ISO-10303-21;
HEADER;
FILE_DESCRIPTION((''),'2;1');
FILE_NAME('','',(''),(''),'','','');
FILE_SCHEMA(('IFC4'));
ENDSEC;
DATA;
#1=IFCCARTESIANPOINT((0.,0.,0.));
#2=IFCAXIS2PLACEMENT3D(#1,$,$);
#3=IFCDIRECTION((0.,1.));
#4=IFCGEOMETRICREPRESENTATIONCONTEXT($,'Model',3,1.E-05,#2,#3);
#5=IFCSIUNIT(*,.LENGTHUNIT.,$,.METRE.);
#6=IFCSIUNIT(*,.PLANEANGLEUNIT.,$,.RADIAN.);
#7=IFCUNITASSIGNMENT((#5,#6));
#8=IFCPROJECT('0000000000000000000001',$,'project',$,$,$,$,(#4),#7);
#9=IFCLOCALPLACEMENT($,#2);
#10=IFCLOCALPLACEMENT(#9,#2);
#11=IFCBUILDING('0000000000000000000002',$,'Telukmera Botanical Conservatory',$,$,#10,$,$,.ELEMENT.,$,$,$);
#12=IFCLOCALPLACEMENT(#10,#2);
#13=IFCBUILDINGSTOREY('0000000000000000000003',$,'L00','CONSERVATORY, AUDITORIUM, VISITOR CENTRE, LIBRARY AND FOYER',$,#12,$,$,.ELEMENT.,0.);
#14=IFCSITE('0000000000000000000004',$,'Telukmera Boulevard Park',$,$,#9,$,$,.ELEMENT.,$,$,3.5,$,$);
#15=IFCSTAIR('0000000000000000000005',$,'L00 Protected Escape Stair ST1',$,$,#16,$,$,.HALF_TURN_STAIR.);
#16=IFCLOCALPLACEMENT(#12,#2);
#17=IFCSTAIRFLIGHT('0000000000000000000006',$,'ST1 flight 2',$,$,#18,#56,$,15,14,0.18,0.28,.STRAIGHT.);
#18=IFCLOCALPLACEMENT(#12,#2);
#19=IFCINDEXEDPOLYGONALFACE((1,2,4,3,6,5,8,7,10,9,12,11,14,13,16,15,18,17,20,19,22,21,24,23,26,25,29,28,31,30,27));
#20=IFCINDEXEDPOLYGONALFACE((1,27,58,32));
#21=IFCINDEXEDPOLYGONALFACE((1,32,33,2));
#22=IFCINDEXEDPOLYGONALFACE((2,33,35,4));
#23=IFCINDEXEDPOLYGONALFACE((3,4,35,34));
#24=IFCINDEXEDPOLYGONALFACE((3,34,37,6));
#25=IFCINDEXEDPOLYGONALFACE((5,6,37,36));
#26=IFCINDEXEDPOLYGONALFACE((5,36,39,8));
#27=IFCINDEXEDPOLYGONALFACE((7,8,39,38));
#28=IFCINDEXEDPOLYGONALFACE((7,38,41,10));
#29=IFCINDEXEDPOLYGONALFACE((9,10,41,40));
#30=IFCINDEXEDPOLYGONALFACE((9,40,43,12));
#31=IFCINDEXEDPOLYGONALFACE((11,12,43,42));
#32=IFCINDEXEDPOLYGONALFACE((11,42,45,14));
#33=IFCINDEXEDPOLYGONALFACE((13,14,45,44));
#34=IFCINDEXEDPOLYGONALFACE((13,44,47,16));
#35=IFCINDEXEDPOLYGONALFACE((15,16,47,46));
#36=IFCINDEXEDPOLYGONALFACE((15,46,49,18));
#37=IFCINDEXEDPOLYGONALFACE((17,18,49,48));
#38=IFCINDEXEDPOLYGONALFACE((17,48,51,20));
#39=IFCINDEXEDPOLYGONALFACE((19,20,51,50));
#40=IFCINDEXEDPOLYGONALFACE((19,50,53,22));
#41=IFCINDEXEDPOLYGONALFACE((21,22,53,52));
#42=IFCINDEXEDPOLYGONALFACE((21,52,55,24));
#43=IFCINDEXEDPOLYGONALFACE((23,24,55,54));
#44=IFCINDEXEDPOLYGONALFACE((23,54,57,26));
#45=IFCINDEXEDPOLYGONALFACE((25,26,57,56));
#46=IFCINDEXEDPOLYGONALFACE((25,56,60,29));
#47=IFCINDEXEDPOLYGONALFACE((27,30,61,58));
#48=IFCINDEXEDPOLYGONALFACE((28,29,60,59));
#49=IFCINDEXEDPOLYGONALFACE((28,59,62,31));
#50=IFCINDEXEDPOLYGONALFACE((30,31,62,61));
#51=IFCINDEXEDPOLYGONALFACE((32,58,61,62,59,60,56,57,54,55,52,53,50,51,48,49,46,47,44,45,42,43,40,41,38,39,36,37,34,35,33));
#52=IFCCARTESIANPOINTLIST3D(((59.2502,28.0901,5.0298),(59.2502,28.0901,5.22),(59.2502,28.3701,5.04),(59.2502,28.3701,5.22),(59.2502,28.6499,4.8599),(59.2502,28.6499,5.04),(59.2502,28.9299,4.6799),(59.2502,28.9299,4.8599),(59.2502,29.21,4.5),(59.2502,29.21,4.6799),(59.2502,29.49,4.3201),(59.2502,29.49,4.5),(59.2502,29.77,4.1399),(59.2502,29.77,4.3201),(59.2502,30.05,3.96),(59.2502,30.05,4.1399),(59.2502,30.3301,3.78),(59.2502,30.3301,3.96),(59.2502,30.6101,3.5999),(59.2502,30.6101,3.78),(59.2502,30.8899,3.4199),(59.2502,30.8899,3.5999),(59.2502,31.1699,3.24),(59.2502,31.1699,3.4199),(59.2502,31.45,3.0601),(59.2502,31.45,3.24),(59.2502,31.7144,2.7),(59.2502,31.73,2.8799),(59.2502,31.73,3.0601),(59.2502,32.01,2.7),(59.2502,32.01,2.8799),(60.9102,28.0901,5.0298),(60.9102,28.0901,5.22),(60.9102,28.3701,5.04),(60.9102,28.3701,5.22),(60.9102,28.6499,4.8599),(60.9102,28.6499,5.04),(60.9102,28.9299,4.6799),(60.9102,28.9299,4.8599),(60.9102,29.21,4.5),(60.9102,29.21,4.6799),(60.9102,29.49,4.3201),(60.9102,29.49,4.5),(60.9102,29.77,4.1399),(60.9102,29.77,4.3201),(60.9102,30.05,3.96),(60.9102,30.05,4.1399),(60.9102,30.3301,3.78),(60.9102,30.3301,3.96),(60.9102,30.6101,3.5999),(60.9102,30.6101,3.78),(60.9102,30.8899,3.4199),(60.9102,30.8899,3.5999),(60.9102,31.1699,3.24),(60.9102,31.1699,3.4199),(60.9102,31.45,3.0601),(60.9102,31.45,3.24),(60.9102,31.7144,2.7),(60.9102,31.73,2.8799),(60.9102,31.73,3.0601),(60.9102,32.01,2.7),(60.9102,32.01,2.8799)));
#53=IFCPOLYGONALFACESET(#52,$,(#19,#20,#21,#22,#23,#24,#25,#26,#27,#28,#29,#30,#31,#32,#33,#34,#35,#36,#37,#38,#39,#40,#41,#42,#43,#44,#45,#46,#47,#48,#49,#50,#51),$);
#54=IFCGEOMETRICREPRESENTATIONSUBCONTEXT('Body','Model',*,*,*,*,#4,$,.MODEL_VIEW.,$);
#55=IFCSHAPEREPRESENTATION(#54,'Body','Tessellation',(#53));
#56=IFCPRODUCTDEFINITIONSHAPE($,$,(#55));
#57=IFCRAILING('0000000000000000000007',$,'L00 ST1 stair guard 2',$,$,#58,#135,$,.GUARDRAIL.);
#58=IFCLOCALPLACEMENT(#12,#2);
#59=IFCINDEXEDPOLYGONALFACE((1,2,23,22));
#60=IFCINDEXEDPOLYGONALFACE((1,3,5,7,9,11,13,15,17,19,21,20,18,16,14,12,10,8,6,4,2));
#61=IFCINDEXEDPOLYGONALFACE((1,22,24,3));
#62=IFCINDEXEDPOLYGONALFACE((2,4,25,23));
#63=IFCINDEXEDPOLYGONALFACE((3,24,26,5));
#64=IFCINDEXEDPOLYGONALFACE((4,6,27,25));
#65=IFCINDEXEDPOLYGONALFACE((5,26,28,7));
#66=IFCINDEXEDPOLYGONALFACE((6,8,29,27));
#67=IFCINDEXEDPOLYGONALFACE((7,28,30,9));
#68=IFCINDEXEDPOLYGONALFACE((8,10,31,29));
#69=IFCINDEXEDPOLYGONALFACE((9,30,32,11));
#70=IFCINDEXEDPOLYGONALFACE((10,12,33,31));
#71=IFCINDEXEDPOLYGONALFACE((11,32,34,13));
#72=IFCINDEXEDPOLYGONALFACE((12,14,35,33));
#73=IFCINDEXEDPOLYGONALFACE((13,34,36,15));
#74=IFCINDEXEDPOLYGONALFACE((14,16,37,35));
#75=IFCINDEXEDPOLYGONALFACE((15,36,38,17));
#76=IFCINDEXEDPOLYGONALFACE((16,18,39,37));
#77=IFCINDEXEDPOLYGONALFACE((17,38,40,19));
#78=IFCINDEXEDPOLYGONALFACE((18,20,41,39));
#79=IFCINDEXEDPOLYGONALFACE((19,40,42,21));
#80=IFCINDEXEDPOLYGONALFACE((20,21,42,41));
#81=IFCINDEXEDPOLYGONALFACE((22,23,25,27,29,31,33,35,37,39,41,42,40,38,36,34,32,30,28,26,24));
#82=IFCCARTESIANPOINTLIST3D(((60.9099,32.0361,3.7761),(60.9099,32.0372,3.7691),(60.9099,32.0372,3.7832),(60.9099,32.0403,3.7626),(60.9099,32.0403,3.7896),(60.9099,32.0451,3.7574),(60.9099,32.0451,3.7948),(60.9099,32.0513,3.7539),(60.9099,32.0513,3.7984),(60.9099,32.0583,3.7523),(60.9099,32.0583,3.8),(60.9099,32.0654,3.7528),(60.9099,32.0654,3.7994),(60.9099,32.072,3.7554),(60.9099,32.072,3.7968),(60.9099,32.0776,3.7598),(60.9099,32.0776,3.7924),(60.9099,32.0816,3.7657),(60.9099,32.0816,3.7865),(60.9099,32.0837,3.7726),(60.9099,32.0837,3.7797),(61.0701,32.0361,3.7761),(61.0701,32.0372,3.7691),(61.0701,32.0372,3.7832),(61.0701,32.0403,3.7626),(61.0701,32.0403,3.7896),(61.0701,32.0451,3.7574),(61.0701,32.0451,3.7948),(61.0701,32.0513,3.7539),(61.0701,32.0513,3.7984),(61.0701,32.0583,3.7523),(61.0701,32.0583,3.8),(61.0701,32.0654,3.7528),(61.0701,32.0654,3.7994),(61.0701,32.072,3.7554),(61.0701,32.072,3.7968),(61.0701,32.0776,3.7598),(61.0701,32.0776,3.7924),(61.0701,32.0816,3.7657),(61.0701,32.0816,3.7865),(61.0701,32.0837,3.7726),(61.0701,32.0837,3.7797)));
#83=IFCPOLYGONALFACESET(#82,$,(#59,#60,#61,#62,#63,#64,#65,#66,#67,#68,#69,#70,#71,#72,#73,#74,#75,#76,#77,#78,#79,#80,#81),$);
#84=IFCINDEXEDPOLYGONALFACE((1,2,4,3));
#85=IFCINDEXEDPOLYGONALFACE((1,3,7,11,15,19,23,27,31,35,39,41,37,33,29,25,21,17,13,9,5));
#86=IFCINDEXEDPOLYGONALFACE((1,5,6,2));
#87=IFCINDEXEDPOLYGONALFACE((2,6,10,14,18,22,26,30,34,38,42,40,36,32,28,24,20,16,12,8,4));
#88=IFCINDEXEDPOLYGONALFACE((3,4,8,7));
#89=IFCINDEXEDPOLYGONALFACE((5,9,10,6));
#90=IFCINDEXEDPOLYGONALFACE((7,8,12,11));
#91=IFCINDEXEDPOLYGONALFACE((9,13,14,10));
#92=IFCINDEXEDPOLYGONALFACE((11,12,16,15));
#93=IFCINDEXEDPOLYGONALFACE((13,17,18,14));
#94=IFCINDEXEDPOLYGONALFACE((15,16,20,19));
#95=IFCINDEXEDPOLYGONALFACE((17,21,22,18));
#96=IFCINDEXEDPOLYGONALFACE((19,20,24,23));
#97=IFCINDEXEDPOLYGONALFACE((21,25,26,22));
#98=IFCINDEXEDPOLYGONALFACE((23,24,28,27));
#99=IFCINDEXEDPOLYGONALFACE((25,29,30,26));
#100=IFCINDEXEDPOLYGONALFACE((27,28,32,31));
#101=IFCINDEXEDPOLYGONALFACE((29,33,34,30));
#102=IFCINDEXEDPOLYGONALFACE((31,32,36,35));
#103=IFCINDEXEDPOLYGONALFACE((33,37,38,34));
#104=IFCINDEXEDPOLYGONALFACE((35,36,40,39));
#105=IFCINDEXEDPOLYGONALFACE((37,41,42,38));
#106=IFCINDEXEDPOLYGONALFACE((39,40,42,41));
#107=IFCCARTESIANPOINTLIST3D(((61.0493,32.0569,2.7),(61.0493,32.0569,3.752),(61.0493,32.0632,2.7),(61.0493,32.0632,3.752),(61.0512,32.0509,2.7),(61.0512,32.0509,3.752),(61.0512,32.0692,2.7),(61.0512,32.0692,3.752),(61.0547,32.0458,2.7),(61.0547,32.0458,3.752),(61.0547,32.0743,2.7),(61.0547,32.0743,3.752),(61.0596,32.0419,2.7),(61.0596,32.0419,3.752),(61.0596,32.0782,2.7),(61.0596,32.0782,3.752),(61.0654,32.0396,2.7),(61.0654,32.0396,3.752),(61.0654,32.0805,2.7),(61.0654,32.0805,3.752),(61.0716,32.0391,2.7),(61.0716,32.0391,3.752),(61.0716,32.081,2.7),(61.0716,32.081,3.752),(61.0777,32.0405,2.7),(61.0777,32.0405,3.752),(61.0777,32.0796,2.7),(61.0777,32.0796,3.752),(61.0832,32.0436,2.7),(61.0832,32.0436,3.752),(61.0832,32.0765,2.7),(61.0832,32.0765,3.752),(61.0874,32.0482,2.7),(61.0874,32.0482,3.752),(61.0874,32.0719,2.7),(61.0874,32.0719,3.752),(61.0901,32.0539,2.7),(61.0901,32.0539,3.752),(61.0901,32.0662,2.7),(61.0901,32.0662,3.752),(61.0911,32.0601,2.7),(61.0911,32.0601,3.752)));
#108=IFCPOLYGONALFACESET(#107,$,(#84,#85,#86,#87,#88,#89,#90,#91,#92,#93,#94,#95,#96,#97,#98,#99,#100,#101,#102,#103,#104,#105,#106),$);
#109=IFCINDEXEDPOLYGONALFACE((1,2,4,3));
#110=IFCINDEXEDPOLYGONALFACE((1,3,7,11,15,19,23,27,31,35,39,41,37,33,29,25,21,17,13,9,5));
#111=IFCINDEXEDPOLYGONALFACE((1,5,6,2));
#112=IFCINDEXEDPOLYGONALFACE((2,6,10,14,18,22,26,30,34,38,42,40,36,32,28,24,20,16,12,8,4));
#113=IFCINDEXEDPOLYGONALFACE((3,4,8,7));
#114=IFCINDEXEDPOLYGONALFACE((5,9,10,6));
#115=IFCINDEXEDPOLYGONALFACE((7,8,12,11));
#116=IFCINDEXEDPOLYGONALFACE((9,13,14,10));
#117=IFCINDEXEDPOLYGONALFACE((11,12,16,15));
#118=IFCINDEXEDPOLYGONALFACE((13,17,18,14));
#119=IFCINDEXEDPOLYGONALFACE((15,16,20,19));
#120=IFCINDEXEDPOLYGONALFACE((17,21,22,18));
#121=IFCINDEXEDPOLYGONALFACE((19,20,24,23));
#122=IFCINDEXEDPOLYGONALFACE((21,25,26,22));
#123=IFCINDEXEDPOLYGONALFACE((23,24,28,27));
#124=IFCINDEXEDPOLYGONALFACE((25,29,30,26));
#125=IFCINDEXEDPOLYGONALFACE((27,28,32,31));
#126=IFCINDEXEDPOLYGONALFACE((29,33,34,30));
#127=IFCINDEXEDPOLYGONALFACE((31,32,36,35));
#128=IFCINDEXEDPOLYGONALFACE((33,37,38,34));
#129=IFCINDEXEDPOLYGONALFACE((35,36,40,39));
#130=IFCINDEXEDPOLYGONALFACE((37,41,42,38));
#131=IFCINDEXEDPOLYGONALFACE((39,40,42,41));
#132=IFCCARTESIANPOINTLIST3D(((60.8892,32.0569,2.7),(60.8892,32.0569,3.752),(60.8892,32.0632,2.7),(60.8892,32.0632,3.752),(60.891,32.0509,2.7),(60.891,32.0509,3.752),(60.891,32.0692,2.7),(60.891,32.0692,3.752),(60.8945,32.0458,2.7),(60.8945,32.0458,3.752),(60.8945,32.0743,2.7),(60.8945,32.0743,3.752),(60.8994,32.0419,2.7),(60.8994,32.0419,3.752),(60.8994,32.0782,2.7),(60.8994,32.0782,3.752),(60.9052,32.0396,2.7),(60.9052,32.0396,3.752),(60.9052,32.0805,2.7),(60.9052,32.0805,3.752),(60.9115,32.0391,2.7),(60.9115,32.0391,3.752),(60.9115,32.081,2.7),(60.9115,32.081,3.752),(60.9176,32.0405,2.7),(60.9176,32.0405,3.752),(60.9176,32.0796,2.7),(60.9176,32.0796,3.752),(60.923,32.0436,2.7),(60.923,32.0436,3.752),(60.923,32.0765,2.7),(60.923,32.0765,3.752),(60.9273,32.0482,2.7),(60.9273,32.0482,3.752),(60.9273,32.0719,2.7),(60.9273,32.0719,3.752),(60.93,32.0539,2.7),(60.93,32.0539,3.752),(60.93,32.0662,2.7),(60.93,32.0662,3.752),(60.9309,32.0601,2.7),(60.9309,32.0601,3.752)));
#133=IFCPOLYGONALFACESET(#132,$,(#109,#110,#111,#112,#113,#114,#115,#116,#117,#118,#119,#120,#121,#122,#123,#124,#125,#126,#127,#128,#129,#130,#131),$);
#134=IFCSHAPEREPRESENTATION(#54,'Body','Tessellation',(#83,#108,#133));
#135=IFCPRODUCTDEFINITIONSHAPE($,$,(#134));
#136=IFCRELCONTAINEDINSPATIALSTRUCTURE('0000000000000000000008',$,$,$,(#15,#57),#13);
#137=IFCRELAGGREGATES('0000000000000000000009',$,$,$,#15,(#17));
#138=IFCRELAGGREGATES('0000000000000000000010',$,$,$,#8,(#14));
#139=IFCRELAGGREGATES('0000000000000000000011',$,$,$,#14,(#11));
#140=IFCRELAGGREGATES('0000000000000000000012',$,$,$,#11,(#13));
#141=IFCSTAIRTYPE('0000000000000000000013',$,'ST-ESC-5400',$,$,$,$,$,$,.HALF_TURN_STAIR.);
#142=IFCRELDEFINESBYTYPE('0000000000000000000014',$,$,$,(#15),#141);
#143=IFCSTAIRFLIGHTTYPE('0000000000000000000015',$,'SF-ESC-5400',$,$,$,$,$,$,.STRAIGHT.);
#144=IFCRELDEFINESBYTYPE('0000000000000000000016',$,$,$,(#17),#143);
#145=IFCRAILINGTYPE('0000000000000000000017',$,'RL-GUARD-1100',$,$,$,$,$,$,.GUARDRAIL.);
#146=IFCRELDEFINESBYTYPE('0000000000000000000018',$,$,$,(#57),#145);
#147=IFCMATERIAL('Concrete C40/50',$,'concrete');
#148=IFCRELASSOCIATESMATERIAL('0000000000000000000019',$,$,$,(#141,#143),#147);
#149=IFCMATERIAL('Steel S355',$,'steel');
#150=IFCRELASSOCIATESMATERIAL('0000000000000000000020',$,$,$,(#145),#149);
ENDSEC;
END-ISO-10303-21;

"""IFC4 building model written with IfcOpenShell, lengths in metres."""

from ifc_helpers import new_model, si_unit, direction, frame, origin, origin_2d, place, context, subcontext, project, spatial, polyline, circle, outline, extrude, material, type_object, element, aggregate, save


model = new_model("IFC4")

# Units and contexts
model_context = context("Model", 3, precision=1e-05, world=origin(), true_north=direction((0.0, 1.0)))
body_context = subcontext(model_context, "Body", "Model", "MODEL_VIEW")
ifc_project = project(units=[si_unit("LENGTHUNIT", "METRE"), si_unit("PLANEANGLEUNIT", "RADIAN")], contexts=[model_context])

# Site, building, storey
site_placement = place(None, origin())
site = spatial("IfcSite", under=ifc_project, at=site_placement, Name="Telukmera Boulevard Park", CompositionType="ELEMENT", RefElevation=3.5)
building_placement = place(site_placement, origin())
building = spatial("IfcBuilding", under=site, at=building_placement, Name="Telukmera Botanical Conservatory", CompositionType="ELEMENT")
storey_placement = place(building_placement, origin())
storey = spatial("IfcBuildingStorey", under=building, at=storey_placement, Name="L00", Description="CONSERVATORY, AUDITORIUM, VISITOR CENTRE, LIBRARY AND FOYER", CompositionType="ELEMENT", Elevation=0.0)

# Shared definitions
ifc_material_1 = material(Name="Concrete C40/50", Category="concrete")

# Stair, stair flight
stair_type = type_object("IfcStairType", Name="ST-ESC-5400", PredefinedType="HALF_TURN_STAIR", material=ifc_material_1)
stair_placement = place(storey_placement, origin())
stair = element("IfcStair", 1, at=stair_placement, inside=storey, type_object=stair_type, Name="L00 Protected Escape Stair ST1", PredefinedType="HALF_TURN_STAIR")
stair_flight_type = type_object("IfcStairFlightType", Name="SF-ESC-5400", PredefinedType="STRAIGHT", material=ifc_material_1)
stair_flight_placement = place(storey_placement, frame((60.0801, 32.01, 2.7), z_axis=(0.0, 0.0, 1.0), x_axis=(0.0, -1.0, 0.0)))
stair_flight = element("IfcStairFlight", 2, at=stair_flight_placement, type_object=stair_flight_type, Name="ST1 flight 2", NumberOfRisers=15, NumberOfTreads=14, PredefinedType="STRAIGHT", RiserHeight=0.18, TreadLength=0.28, context=body_context, shape_type="SweptSolid", body=[
    extrude(outline(polyline([(0.0, 0.0), (0.0, 0.1799), (0.28, 0.1799), (0.28, 0.3601), (0.5601, 0.3601), (0.5601, 0.54), (0.8401, 0.54), (0.8401, 0.72), (1.1201, 0.72), (1.1201, 0.8999), (1.3999, 0.8999), (1.3999, 1.0801), (1.6799, 1.0801), (1.6799, 1.26), (1.96, 1.26), (1.96, 1.4399), (2.24, 1.4399), (2.24, 1.6201), (2.52, 1.6201), (2.52, 1.8), (2.8, 1.8), (2.8, 1.98), (3.0801, 1.98), (3.0801, 2.1599), (3.3601, 2.1599), (3.3601, 2.3401), (3.6399, 2.3401), (3.6399, 2.52), (3.9199, 2.52), (3.9199, 2.7), (3.9199, 2.3298), (0.2957, 0.0), (0.0, 0.0)])), frame((0.0, 0.8301, 0.0), z_axis=(0.0, -1.0, 0.0), x_axis=(1.0, 0.0, 0.0)), (0.0, 0.0, 1.0), 1.6599),
])
aggregate(stair, [stair_flight])

# Railing
ifc_material_2 = material(Name="Steel S355", Category="steel")
railing_type_1 = type_object("IfcRailingType", Name="RL-GUARD-1100", PredefinedType="GUARDRAIL", material=ifc_material_2)
railing_1_placement = place(storey_placement, frame((61.0701, 32.0601, 2.7)))
element("IfcRailing", 3, at=railing_1_placement, inside=storey, type_object=railing_type_1, Name="L00 ST1 stair guard 2", PredefinedType="GUARDRAIL", context=body_context, shape_type="SweptSolid", body=[
    extrude(circle(Radius=0.0239, at=origin_2d()), frame((0.0, 0.0, 1.0762), z_axis=(-1.0, 0.0, 0.0), x_axis=(0.0, -1.0, 0.0)), (0.0, 0.0, 1.0), 0.1602),
    extrude(circle(Radius=0.021, at=origin_2d()), origin(), (0.0, 0.0, 1.0), 1.052),
    extrude(circle(Radius=0.021, at=origin_2d()), frame((-0.1602, 0.0, 0.0)), (0.0, 0.0, 1.0), 1.052),
])

save(model, "model.ifc")
